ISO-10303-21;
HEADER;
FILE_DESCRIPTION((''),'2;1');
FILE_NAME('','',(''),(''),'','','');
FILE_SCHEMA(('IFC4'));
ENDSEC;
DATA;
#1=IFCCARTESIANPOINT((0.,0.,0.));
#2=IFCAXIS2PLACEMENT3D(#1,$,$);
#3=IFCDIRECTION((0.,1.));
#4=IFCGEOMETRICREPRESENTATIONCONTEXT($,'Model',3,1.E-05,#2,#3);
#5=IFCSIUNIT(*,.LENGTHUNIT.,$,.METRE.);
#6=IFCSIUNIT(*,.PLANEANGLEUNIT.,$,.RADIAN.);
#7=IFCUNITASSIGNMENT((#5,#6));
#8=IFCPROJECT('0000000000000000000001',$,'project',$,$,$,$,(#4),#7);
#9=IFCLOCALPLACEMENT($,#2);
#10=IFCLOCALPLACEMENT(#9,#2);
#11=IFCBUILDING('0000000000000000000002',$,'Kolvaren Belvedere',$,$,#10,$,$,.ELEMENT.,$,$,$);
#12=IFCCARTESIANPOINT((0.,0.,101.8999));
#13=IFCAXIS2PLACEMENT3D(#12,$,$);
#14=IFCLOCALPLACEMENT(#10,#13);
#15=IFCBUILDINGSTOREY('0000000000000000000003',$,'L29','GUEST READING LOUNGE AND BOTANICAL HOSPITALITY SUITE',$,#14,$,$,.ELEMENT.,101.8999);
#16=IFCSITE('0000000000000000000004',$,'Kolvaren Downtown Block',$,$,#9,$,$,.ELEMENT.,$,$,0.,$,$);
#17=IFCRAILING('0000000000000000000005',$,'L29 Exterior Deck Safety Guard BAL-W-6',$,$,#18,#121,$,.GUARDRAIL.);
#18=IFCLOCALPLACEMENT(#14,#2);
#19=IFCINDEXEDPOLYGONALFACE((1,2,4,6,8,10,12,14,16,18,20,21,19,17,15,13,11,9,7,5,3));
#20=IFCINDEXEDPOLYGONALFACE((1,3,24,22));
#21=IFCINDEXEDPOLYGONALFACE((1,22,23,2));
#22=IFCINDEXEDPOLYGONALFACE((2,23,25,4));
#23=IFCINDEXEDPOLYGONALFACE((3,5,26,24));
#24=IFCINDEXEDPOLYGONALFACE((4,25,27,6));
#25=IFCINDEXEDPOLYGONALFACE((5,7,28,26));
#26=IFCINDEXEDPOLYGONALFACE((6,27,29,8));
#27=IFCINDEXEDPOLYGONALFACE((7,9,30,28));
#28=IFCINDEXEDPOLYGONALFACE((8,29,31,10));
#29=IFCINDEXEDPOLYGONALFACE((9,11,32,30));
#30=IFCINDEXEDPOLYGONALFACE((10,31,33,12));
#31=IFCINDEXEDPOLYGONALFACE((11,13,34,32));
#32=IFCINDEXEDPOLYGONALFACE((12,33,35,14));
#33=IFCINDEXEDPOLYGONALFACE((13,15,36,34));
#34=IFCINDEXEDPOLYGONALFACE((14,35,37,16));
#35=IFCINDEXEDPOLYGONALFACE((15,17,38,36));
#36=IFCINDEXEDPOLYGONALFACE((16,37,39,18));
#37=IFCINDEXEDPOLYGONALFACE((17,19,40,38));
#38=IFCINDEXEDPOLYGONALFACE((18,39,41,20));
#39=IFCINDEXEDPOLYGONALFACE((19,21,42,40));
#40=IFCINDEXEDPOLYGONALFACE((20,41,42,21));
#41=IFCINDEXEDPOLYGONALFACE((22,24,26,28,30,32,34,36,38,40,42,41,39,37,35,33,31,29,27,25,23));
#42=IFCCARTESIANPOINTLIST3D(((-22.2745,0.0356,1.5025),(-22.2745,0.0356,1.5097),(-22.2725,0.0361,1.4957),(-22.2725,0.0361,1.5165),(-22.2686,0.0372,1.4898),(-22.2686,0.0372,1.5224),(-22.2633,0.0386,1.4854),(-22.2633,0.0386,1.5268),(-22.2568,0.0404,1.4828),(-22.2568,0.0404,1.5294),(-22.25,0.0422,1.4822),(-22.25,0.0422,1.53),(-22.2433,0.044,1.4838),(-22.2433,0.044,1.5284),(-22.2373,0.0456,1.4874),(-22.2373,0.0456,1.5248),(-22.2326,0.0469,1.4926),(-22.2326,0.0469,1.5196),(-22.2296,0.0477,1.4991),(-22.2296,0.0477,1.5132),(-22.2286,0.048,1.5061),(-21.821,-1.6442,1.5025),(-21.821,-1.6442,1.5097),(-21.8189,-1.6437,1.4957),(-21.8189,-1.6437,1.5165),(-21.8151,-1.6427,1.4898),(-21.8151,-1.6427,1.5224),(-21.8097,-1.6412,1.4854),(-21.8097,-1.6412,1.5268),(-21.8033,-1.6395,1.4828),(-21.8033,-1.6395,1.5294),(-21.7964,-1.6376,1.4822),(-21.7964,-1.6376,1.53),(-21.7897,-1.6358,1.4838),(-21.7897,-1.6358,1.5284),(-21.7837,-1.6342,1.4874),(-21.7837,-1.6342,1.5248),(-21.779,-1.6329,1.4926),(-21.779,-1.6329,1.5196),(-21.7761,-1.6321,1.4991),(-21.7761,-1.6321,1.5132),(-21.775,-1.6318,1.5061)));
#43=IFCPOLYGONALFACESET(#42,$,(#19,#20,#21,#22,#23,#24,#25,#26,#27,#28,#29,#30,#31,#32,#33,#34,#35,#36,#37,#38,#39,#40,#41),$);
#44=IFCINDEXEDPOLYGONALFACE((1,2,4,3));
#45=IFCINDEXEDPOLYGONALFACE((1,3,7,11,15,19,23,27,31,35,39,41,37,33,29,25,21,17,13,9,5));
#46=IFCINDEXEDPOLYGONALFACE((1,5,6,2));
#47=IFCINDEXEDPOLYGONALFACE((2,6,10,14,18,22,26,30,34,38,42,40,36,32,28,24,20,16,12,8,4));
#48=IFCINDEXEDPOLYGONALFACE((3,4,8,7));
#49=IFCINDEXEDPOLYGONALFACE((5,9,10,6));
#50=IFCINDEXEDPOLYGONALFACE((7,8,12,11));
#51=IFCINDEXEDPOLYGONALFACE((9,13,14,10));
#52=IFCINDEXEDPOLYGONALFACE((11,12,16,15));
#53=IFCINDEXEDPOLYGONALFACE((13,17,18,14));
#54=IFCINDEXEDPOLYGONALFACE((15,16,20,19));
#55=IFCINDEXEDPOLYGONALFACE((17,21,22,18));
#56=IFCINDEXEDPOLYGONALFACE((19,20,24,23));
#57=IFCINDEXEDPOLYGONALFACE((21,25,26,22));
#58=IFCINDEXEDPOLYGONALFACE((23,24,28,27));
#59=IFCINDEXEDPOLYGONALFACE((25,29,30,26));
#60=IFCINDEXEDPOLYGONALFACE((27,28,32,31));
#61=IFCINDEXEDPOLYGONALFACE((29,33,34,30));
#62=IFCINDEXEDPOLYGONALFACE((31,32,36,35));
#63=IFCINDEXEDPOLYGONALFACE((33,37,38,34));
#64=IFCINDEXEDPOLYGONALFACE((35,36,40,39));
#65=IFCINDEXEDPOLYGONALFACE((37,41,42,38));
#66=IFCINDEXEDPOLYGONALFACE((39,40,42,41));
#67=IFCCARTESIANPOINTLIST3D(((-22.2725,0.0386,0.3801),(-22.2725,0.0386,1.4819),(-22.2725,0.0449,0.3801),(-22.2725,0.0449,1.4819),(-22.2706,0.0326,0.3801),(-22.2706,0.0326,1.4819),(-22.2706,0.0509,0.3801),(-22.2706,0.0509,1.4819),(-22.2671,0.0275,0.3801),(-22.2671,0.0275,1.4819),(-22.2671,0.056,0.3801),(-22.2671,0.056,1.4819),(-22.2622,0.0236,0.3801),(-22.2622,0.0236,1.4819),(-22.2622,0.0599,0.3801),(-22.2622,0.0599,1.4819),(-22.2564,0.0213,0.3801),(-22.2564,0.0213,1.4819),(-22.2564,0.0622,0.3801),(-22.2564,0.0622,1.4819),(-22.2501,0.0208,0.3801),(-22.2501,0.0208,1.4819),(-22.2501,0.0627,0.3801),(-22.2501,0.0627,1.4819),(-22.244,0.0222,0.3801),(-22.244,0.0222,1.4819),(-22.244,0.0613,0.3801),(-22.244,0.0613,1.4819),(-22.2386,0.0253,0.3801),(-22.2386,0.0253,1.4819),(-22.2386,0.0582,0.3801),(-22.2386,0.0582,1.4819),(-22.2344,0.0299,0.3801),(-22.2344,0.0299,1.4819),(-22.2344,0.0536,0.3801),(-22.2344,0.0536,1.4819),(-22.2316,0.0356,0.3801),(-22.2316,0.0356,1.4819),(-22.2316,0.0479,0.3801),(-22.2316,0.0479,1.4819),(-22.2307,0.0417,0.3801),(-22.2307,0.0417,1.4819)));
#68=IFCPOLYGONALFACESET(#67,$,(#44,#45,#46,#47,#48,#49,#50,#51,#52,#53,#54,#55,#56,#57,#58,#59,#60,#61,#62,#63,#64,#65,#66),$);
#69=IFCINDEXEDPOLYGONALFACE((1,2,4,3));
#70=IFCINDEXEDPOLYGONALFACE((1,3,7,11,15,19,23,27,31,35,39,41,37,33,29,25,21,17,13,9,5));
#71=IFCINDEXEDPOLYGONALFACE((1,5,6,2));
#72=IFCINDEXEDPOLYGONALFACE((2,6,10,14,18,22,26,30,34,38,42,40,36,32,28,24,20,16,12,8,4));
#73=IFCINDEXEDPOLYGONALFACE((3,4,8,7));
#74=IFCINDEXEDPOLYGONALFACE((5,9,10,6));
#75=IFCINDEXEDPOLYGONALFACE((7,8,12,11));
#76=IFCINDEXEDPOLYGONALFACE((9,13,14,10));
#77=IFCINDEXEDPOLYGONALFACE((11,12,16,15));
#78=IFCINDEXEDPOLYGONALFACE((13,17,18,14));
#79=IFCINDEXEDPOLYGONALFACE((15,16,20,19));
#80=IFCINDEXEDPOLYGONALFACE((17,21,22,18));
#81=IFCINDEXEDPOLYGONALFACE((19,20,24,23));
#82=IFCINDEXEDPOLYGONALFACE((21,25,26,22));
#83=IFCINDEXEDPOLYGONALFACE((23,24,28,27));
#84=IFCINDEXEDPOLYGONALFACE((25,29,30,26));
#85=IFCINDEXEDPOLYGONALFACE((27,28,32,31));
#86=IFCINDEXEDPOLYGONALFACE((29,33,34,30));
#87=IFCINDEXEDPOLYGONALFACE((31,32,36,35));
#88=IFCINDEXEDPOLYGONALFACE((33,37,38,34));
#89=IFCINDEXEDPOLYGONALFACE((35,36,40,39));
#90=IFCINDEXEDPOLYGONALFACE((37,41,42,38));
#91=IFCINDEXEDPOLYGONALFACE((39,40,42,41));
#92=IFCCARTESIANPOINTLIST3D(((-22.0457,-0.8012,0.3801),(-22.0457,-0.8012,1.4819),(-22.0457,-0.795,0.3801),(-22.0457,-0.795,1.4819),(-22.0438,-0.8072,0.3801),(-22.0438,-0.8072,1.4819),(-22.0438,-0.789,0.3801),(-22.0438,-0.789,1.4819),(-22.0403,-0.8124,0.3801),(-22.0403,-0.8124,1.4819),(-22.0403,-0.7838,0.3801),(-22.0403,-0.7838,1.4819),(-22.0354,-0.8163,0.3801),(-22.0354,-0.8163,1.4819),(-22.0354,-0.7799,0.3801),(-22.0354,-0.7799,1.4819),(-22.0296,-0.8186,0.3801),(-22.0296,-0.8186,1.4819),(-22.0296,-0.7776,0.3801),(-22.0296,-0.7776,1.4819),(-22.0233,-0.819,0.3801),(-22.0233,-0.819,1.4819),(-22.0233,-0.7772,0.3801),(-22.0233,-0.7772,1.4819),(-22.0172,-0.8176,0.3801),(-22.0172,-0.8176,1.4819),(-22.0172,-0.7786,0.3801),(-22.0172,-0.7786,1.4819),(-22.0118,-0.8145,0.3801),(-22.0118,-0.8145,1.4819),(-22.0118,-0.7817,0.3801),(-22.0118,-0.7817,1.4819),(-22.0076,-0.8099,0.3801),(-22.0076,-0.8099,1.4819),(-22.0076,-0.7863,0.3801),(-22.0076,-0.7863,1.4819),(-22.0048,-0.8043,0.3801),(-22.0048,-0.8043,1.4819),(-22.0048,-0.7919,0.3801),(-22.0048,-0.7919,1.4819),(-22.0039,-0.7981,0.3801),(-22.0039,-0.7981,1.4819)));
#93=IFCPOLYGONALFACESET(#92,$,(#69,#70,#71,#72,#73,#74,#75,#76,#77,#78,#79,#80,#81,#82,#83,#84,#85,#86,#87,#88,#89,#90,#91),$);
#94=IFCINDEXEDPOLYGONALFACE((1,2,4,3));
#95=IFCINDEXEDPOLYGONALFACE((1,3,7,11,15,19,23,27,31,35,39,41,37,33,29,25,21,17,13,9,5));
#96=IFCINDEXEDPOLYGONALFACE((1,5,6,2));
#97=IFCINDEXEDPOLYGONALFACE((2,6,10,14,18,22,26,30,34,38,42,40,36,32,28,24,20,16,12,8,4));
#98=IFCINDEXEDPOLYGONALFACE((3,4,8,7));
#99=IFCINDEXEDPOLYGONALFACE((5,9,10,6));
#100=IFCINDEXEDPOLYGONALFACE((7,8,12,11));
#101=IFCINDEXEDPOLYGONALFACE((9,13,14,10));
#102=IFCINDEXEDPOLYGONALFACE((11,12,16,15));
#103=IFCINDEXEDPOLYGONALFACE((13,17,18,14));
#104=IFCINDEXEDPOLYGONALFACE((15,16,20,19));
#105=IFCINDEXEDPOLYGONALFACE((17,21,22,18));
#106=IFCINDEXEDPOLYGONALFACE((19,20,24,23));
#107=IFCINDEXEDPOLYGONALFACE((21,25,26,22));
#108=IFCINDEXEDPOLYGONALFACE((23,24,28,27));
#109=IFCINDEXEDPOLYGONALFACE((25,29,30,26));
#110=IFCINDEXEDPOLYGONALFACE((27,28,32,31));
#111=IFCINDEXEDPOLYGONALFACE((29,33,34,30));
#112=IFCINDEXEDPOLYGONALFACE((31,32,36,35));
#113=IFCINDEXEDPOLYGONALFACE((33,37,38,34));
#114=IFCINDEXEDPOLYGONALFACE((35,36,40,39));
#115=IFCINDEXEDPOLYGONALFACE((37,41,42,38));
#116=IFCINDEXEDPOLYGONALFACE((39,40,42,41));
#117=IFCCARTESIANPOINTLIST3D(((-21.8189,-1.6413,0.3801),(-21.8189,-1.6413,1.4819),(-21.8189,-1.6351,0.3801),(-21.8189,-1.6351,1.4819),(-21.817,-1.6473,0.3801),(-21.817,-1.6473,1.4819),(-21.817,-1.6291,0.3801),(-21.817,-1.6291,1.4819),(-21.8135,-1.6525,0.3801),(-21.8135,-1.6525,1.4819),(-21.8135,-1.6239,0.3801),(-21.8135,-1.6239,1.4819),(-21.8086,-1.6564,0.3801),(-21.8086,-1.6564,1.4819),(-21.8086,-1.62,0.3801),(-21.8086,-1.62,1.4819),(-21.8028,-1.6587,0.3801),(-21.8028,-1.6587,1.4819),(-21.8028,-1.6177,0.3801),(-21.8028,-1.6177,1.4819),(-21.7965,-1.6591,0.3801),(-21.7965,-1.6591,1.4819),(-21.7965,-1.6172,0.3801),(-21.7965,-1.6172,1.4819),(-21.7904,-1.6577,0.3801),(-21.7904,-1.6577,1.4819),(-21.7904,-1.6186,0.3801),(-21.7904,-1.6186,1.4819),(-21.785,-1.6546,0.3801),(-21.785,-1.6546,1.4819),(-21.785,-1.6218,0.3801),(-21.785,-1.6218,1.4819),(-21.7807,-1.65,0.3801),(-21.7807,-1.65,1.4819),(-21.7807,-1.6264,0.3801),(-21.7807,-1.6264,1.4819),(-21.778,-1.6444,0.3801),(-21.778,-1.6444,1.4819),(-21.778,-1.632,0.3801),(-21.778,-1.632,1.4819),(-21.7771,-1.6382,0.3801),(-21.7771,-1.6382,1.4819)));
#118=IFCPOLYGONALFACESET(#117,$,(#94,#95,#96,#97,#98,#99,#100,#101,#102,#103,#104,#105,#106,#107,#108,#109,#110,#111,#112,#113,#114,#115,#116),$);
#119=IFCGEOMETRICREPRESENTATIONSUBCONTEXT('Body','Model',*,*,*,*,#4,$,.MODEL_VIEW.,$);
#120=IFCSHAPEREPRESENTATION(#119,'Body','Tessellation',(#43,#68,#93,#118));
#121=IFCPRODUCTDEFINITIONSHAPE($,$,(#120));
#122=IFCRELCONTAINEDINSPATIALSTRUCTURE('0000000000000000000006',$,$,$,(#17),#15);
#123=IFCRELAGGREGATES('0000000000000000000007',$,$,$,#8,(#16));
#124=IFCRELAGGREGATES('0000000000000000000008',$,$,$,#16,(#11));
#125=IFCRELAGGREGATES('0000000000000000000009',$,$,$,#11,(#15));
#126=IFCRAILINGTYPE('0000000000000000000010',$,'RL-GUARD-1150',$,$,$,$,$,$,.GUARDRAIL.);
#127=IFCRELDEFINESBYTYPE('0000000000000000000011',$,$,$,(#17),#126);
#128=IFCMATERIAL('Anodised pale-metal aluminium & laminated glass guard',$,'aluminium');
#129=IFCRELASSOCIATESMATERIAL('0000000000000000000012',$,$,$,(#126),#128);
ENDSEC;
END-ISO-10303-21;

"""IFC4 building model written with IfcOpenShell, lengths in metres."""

from ifc_helpers import new_model, si_unit, direction, frame, origin, origin_2d, place, context, subcontext, project, spatial, circle, extrude, material, type_object, element, save


model = new_model("IFC4")

# Units and contexts
model_context = context("Model", 3, precision=1e-05, world=origin(), true_north=direction((0.0, 1.0)))
body_context = subcontext(model_context, "Body", "Model", "MODEL_VIEW")
ifc_project = project(units=[si_unit("LENGTHUNIT", "METRE"), si_unit("PLANEANGLEUNIT", "RADIAN")], contexts=[model_context])

# Site, building, storey
site_placement = place(None, origin())
site = spatial("IfcSite", under=ifc_project, at=site_placement, Name="Kolvaren Downtown Block", CompositionType="ELEMENT", RefElevation=0.0)
building_placement = place(site_placement, origin())
building = spatial("IfcBuilding", under=site, at=building_placement, Name="Kolvaren Belvedere", CompositionType="ELEMENT")
storey_placement = place(building_placement, frame((0.0, 0.0, 101.8999)))
storey = spatial("IfcBuildingStorey", under=building, at=storey_placement, Name="L29", Description="GUEST READING LOUNGE AND BOTANICAL HOSPITALITY SUITE", CompositionType="ELEMENT", Elevation=101.8999)

# Railing
ifc_material_1 = material(Name="Anodised pale-metal aluminium & laminated glass guard", Category="aluminium")
railing_type = type_object("IfcRailingType", Name="RL-GUARD-1150", PredefinedType="GUARDRAIL", material=ifc_material_1)
railing_1_placement = place(storey_placement, frame((-22.2517, 0.0417, 0.3801)))
element("IfcRailing", 1, at=railing_1_placement, inside=storey, type_object=railing_type, Name="L29 Exterior Deck Safety Guard BAL-W-6", PredefinedType="GUARDRAIL", context=body_context, shape_type="SweptSolid", body=[
    extrude(circle(Radius=0.0239, at=origin_2d()), frame((0.0, 0.0, 1.126), z_axis=(0.260683, -0.965424, 0.0), x_axis=(0.965424, 0.260683, 0.0)), (0.0, 0.0, 1.0), 1.74),
    extrude(circle(Radius=0.021, at=origin_2d()), origin(), (0.0, 0.0, 1.0), 1.1018),
    extrude(circle(Radius=0.021, at=origin_2d()), frame((0.2268, -0.8398, 0.0)), (0.0, 0.0, 1.0), 1.1018),
    extrude(circle(Radius=0.021, at=origin_2d()), frame((0.4536, -1.6799, 0.0)), (0.0, 0.0, 1.0), 1.1018),
])

save(model, "model.ifc")
